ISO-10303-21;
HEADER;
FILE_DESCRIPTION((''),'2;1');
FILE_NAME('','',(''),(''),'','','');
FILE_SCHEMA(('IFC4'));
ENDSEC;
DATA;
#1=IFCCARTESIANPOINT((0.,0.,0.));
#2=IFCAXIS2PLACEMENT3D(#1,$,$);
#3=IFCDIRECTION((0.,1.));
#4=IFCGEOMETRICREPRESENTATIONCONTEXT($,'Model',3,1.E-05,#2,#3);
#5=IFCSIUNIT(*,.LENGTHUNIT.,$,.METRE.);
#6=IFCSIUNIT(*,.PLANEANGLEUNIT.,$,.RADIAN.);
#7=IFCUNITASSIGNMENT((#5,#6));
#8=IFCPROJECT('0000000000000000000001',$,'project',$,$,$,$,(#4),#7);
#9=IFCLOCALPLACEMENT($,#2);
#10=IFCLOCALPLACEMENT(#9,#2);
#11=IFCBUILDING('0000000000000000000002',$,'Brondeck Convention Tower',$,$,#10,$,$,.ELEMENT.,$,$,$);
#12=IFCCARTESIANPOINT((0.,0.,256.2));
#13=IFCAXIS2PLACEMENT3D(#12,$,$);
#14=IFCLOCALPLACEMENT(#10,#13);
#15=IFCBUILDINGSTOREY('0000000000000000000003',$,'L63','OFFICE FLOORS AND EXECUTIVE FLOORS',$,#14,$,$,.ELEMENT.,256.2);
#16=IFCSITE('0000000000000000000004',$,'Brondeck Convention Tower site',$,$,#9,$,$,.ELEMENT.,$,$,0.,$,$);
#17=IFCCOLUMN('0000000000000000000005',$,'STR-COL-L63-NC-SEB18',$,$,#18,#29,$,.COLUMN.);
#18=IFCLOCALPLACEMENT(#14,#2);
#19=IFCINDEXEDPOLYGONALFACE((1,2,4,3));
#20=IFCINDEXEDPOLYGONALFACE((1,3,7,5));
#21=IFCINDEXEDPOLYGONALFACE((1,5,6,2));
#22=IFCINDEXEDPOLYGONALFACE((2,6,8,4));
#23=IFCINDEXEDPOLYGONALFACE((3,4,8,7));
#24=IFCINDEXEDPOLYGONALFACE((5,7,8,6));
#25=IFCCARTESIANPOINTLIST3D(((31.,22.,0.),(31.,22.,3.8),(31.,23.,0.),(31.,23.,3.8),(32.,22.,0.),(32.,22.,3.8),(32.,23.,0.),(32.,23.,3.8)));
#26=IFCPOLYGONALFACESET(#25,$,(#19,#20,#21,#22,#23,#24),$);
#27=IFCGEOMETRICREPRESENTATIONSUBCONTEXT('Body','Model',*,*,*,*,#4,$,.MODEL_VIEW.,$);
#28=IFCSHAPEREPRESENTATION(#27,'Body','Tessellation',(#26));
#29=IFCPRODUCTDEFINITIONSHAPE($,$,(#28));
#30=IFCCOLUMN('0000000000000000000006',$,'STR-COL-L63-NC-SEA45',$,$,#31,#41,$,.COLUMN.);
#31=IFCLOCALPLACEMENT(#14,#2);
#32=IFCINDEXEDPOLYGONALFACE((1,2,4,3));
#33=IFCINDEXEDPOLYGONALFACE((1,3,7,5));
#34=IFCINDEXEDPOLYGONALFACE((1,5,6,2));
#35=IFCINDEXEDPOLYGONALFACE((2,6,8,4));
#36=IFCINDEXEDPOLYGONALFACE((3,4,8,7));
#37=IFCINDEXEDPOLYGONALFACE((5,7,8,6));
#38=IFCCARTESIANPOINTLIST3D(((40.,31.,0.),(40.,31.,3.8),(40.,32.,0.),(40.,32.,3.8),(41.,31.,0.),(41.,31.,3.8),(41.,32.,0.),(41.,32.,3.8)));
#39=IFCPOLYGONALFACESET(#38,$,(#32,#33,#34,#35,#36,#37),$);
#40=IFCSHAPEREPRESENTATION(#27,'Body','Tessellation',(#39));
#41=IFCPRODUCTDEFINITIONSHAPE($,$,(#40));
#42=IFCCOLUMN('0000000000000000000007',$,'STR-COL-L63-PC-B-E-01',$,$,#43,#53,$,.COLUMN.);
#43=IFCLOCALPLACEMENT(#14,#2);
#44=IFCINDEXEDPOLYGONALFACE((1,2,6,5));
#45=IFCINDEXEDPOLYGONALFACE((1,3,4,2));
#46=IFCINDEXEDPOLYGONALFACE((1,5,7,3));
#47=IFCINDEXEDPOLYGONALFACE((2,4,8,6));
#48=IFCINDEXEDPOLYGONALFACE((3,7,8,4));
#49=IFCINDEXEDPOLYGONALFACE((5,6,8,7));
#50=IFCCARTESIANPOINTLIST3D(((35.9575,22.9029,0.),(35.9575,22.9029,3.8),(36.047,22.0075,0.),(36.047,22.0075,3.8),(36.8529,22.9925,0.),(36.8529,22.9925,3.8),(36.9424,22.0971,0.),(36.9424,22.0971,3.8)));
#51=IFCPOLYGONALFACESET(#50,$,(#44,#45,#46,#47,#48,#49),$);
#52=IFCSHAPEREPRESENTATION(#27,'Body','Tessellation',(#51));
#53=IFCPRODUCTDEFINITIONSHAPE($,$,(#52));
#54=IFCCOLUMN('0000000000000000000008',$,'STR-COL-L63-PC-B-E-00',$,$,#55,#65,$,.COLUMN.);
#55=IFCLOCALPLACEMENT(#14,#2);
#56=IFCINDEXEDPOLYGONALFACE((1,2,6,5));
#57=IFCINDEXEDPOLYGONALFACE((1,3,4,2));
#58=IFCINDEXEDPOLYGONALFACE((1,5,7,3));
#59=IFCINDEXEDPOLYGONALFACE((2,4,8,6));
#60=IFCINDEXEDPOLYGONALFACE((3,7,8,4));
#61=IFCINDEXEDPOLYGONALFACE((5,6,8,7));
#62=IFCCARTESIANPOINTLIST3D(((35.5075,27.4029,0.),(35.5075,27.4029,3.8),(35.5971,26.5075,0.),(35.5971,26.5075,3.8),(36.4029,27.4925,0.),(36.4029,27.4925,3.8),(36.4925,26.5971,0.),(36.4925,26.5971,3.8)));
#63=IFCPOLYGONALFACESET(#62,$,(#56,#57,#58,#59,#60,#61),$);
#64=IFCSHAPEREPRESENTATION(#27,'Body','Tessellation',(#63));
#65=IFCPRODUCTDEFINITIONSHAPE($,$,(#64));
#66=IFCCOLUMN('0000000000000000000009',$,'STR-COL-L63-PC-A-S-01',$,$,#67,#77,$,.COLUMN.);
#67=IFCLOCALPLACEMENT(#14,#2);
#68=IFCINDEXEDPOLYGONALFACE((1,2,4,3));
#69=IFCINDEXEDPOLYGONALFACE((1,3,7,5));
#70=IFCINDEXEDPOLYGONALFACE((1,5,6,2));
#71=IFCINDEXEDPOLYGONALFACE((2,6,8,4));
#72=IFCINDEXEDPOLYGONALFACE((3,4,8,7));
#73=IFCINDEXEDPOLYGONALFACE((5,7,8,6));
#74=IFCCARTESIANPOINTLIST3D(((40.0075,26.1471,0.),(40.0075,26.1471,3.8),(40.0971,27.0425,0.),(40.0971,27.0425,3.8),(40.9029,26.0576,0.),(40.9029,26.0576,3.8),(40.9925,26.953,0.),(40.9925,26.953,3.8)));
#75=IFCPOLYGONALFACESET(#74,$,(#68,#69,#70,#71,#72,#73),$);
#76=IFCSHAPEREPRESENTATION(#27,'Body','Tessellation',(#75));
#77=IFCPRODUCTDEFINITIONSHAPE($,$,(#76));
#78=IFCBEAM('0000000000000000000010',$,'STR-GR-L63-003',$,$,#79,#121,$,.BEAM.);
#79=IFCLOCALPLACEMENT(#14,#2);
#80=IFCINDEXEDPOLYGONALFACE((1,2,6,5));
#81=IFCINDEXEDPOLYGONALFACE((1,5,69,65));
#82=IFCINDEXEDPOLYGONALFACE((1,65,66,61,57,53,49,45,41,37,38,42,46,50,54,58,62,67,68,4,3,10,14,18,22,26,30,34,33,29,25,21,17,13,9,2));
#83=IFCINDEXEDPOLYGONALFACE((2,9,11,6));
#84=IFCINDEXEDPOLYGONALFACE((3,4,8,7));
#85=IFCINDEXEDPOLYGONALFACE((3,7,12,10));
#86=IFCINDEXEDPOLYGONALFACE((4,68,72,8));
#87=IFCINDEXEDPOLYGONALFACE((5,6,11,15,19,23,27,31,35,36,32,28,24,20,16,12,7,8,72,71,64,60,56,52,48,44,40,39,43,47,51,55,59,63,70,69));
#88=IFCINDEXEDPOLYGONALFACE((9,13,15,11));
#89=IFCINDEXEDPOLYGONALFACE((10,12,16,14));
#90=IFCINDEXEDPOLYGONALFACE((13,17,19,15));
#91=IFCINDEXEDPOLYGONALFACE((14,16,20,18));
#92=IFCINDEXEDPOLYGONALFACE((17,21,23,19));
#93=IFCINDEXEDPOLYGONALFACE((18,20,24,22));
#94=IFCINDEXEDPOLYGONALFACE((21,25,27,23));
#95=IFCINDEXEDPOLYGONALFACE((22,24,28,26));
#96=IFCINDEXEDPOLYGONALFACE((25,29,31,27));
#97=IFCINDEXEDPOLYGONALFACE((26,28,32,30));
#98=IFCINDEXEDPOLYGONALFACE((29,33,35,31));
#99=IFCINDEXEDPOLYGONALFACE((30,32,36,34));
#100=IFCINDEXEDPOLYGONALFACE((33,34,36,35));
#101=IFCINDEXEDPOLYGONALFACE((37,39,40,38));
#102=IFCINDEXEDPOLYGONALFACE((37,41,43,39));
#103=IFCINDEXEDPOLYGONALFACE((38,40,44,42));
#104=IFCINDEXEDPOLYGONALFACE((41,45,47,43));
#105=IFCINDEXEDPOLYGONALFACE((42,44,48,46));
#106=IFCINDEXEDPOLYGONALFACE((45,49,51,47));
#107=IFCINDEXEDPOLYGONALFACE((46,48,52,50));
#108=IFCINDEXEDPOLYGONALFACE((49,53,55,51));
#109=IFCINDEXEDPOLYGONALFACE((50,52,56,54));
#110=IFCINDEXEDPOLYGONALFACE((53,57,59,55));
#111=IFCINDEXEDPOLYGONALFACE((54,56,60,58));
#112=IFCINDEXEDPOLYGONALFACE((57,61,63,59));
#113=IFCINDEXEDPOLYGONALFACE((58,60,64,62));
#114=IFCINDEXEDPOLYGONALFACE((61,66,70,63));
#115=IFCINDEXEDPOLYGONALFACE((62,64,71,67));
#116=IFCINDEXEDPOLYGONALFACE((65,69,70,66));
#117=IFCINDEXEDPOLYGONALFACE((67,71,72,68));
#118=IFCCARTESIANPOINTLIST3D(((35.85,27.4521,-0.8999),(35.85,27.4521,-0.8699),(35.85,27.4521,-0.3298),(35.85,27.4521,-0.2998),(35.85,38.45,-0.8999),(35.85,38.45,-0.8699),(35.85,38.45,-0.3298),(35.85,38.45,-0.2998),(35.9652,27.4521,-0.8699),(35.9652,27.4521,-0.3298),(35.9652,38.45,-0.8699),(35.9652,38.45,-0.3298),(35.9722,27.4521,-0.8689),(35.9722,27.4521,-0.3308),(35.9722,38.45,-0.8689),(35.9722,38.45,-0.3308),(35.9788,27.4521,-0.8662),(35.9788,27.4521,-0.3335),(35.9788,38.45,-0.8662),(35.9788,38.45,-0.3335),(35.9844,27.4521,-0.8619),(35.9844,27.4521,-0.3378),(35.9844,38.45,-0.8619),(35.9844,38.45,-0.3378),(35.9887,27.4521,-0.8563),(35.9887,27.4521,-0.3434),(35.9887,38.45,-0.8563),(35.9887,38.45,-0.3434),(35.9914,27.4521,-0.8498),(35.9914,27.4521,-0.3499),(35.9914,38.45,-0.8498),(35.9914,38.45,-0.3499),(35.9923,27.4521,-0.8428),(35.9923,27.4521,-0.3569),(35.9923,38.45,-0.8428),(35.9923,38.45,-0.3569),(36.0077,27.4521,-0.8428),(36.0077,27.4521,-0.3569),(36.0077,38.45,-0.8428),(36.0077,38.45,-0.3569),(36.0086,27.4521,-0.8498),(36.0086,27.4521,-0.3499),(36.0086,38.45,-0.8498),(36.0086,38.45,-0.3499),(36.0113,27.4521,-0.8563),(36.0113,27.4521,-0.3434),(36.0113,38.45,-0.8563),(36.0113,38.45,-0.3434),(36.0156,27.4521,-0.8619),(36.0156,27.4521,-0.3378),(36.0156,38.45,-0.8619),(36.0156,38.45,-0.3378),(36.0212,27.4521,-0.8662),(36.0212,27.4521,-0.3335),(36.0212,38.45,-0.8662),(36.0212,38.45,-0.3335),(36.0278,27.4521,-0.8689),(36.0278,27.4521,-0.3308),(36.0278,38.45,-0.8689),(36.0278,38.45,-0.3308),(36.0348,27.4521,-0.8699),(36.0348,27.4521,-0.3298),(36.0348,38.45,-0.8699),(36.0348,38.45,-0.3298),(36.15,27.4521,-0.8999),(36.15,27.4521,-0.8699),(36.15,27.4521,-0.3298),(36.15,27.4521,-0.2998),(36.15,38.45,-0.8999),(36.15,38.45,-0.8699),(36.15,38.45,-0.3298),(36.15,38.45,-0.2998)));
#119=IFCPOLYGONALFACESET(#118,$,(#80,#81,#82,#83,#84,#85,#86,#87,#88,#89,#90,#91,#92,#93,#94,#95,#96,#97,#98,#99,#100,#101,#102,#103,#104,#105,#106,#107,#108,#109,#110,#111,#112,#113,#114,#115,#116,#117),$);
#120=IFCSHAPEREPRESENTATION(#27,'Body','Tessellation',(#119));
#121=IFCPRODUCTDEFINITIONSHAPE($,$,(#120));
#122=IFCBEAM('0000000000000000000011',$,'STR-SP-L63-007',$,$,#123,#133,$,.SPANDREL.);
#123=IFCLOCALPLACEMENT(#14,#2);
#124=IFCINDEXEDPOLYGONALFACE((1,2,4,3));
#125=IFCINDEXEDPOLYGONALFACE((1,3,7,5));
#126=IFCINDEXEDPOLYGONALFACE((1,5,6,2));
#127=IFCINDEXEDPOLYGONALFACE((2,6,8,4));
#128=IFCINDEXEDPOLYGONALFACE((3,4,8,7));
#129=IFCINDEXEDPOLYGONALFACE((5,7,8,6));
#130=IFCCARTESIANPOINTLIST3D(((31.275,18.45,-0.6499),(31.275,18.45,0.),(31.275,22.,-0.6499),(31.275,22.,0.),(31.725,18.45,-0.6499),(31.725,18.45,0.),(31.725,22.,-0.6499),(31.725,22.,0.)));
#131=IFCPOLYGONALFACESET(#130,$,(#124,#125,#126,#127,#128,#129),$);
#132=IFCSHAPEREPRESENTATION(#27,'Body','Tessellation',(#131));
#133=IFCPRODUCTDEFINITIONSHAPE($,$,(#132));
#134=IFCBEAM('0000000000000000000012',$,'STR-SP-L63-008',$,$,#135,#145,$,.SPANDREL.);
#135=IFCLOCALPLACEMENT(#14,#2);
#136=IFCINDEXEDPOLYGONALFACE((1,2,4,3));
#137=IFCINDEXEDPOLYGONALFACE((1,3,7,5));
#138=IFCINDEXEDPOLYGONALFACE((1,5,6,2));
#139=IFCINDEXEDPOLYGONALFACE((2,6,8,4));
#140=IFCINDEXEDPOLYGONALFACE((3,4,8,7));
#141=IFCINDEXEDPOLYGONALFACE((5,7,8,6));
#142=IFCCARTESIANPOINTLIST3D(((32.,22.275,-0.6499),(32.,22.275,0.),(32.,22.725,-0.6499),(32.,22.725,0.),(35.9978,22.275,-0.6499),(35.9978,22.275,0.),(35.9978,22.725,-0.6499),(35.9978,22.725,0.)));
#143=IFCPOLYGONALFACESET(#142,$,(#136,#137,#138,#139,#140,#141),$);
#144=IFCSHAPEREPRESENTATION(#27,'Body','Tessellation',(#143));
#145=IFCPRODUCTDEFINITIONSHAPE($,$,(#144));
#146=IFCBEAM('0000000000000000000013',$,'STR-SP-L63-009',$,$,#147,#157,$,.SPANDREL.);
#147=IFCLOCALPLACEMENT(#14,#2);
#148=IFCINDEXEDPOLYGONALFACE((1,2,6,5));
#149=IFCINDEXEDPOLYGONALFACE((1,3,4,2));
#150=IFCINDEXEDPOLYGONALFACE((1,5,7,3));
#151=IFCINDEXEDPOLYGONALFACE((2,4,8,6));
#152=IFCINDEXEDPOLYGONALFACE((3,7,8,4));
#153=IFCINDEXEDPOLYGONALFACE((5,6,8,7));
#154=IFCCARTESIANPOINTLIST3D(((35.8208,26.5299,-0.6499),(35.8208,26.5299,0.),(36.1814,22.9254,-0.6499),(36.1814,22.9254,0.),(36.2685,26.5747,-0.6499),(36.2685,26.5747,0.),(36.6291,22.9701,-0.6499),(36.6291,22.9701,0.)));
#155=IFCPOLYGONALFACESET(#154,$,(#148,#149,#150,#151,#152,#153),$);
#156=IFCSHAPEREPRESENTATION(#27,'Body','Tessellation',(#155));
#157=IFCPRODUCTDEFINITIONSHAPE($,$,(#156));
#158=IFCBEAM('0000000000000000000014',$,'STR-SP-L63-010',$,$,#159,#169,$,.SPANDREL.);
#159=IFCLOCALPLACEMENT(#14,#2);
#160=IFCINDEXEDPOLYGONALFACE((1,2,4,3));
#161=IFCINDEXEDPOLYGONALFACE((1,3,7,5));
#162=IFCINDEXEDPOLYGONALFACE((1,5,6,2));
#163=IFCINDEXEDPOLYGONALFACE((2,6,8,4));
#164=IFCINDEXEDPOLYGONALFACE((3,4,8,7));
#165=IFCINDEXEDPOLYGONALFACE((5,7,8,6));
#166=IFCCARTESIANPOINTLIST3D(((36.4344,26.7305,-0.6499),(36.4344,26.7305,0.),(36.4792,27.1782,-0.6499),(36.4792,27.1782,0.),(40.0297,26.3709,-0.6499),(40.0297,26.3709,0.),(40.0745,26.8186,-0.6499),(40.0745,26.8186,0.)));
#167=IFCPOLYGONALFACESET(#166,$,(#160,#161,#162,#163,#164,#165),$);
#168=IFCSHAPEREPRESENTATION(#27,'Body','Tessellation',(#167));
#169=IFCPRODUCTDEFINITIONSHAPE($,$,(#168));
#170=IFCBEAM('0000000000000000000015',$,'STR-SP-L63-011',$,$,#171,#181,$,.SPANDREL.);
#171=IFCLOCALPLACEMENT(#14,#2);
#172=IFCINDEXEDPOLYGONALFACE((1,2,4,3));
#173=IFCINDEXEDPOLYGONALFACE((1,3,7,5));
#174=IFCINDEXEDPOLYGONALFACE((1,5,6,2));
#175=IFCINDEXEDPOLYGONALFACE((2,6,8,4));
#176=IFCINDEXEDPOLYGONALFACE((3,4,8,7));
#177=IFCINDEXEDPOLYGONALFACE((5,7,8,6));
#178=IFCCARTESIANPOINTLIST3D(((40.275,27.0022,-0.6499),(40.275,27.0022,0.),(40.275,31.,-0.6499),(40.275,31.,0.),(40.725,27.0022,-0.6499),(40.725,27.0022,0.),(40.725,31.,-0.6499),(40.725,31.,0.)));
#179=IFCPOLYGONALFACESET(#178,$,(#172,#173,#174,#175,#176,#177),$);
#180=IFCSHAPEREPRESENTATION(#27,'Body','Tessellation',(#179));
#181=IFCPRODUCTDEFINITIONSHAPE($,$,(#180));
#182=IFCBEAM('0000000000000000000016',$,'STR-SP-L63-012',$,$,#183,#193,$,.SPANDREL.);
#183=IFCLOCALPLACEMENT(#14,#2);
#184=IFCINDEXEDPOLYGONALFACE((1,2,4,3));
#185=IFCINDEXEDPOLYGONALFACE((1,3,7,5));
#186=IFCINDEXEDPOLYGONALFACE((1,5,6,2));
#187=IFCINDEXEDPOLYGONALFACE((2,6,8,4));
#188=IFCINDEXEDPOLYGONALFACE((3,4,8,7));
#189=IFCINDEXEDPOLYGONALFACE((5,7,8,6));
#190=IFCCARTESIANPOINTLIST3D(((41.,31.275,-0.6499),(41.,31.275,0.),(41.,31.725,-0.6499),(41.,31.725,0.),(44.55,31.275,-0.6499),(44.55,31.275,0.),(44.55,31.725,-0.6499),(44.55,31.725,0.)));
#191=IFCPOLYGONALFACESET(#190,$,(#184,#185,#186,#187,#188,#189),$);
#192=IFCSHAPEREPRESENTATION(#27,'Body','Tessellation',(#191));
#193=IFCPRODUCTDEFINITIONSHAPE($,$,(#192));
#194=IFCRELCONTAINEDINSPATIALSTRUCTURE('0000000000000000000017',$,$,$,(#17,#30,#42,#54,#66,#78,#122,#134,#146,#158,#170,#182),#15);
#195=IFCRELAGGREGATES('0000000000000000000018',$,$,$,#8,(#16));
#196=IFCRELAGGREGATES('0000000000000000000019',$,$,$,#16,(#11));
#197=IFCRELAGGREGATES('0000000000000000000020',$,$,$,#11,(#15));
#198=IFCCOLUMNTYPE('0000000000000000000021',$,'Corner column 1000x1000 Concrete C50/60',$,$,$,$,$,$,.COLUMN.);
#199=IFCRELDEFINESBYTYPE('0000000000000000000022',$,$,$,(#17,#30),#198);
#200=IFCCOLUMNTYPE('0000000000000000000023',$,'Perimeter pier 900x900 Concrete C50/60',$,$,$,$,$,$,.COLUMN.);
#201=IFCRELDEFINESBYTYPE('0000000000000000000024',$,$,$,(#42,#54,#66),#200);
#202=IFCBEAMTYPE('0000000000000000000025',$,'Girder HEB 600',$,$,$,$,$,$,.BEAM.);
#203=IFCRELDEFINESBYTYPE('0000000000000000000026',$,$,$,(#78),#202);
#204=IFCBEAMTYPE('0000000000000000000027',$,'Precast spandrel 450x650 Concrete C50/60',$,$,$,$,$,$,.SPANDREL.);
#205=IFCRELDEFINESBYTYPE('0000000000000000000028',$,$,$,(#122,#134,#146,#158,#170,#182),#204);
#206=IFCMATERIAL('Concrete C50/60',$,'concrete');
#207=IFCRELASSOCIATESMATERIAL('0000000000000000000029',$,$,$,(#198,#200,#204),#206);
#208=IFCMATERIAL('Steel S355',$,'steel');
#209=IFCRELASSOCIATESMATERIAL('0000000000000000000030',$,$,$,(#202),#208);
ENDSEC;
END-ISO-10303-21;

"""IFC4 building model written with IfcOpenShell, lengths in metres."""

from ifc_helpers import new_model, si_unit, direction, frame, origin, origin_2d, place, context, subcontext, project, spatial, rectangle, i_section, extrude, material, material_profile, profile_set, type_object, element, save


model = new_model("IFC4")

# Units and contexts
model_context = context("Model", 3, precision=1e-05, world=origin(), true_north=direction((0.0, 1.0)))
body_context = subcontext(model_context, "Body", "Model", "MODEL_VIEW")
ifc_project = project(units=[si_unit("LENGTHUNIT", "METRE"), si_unit("PLANEANGLEUNIT", "RADIAN")], contexts=[model_context])

# Site, building, storey
site_placement = place(None, origin())
site = spatial("IfcSite", under=ifc_project, at=site_placement, Name="Brondeck Convention Tower site", CompositionType="ELEMENT", RefElevation=0.0)
building_placement = place(site_placement, origin())
building = spatial("IfcBuilding", under=site, at=building_placement, Name="Brondeck Convention Tower", CompositionType="ELEMENT")
storey_placement = place(building_placement, frame((0.0, 0.0, 256.2)))
storey = spatial("IfcBuildingStorey", under=building, at=storey_placement, Name="L63", Description="OFFICE FLOORS AND EXECUTIVE FLOORS", CompositionType="ELEMENT", Elevation=256.2)

# Columns
ifc_material_1 = material(Name="Concrete C50/60", Category="concrete")
ifc_material_profile_1 = material_profile(ifc_material_1, rectangle(XDim=1.0, YDim=1.0, at=origin_2d()), Name="Corner column 1000x1000 Concrete C50/60")
ifc_profile_set_1 = profile_set([ifc_material_profile_1], Name="Concrete C50/60")
column_type_1 = type_object("IfcColumnType", Name="Corner column 1000x1000 Concrete C50/60", PredefinedType="COLUMN", material=ifc_profile_set_1)
for number, where, z_axis, x_axis, name in (
    (1, (31.5, 22.5, 0.0), (0.0, 0.0, 1.0), (1.0, 0.0, 0.0), "STR-COL-L63-NC-SEB18"),
    (2, (40.5, 31.5, 0.0), (0.0, 0.0, 1.0), (1.0, 0.0, 0.0), "STR-COL-L63-NC-SEA45"),
):
    element("IfcColumn", number, at=place(storey_placement, frame(where, z_axis=z_axis, x_axis=x_axis)), inside=storey, type_object=column_type_1, Name=name, PredefinedType="COLUMN", context=body_context, shape_type="SweptSolid", body=[
        extrude(rectangle(XDim=1.0, YDim=1.0, at=origin_2d()), origin(), (0.0, 0.0, 1.0), 3.8),
    ])
ifc_material_profile_2 = material_profile(ifc_material_1, rectangle(XDim=0.8999, YDim=0.8999, at=origin_2d()), Name="Perimeter pier 900x900 Concrete C50/60")
ifc_profile_set_2 = profile_set([ifc_material_profile_2], Name="Concrete C50/60")
column_type_2 = type_object("IfcColumnType", Name="Perimeter pier 900x900 Concrete C50/60", PredefinedType="COLUMN", material=ifc_profile_set_2)
for number, where, z_axis, x_axis, name in (
    (3, (36.45, 22.5, 0.0), (0.0, 0.0, 1.0), (-0.099504, 0.995037, 0.0), "STR-COL-L63-PC-B-E-01"),
    (4, (36.0, 27.0, 0.0), (0.0, 0.0, 1.0), (-0.099504, 0.995037, 0.0), "STR-COL-L63-PC-B-E-00"),
    (5, (40.5, 26.55, 0.0), (0.0, 0.0, 1.0), (0.995037, -0.099504, 0.0), "STR-COL-L63-PC-A-S-01"),
):
    element("IfcColumn", number, at=place(storey_placement, frame(where, z_axis=z_axis, x_axis=x_axis)), inside=storey, type_object=column_type_2, Name=name, PredefinedType="COLUMN", context=body_context, shape_type="SweptSolid", body=[
        extrude(rectangle(XDim=0.8999, YDim=0.8999, at=origin_2d()), origin(), (0.0, 0.0, 1.0), 3.8),
    ])

# Beams
ifc_material_2 = material(Name="Steel S355", Category="steel")
ifc_material_profile_3 = material_profile(ifc_material_2, i_section(OverallWidth=0.3, OverallDepth=0.6001, WebThickness=0.0154, FlangeThickness=0.03, FilletRadius=0.0271, at=origin_2d()), Name="HEB 600")
ifc_profile_set_3 = profile_set([ifc_material_profile_3], Name="Steel S355")
beam_type_1 = type_object("IfcBeamType", Name="Girder HEB 600", PredefinedType="BEAM", material=ifc_profile_set_3)
beam_1_placement = place(storey_placement, frame((36.0, 27.4521, -0.5999), z_axis=(0.0, 1.0, 0.0), x_axis=(-1.0, 0.0, 0.0)))
element("IfcBeam", 6, at=beam_1_placement, inside=storey, type_object=beam_type_1, Name="STR-GR-L63-003", PredefinedType="BEAM", context=body_context, shape_type="SweptSolid", body=[
    extrude(i_section(OverallWidth=0.3, OverallDepth=0.6001, WebThickness=0.0154, FlangeThickness=0.03, FilletRadius=0.0271, at=origin_2d()), origin(), (0.0, 0.0, 1.0), 10.9978),
])
ifc_material_profile_4 = material_profile(ifc_material_1, rectangle(XDim=0.45, YDim=0.6499, at=origin_2d()), Name="Precast spandrel 450x650 Concrete C50/60")
ifc_profile_set_4 = profile_set([ifc_material_profile_4], Name="Concrete C50/60")
beam_type_2 = type_object("IfcBeamType", Name="Precast spandrel 450x650 Concrete C50/60", PredefinedType="SPANDREL", material=ifc_profile_set_4)
beam_2_placement = place(storey_placement, frame((31.5, 18.45, -0.325), z_axis=(0.0, 1.0, 0.0), x_axis=(-1.0, 0.0, 0.0)))
element("IfcBeam", 7, at=beam_2_placement, inside=storey, type_object=beam_type_2, Name="STR-SP-L63-007", PredefinedType="SPANDREL", context=body_context, shape_type="SweptSolid", body=[
    extrude(rectangle(XDim=0.45, YDim=0.6499, at=origin_2d()), origin(), (0.0, 0.0, 1.0), 3.55),
])
beam_3_placement = place(storey_placement, frame((32.0, 22.5, -0.325), z_axis=(1.0, 0.0, 0.0), x_axis=(0.0, 1.0, 0.0)))
element("IfcBeam", 8, at=beam_3_placement, inside=storey, type_object=beam_type_2, Name="STR-SP-L63-008", PredefinedType="SPANDREL", context=body_context, shape_type="SweptSolid", body=[
    extrude(rectangle(XDim=0.45, YDim=0.6499, at=origin_2d()), origin(), (0.0, 0.0, 1.0), 3.9978),
])
beam_4_placement = place(storey_placement, frame((36.4053, 22.9478, -0.325), z_axis=(-0.099544, 0.995033, 0.0), x_axis=(-0.995033, -0.099544, 0.0)))
element("IfcBeam", 9, at=beam_4_placement, inside=storey, type_object=beam_type_2, Name="STR-SP-L63-009", PredefinedType="SPANDREL", context=body_context, shape_type="SweptSolid", body=[
    extrude(rectangle(XDim=0.45, YDim=0.6499, at=origin_2d()), origin(), (0.0, 0.0, 1.0), 3.6226),
])
beam_5_placement = place(storey_placement, frame((36.4568, 26.9543, -0.325), z_axis=(0.995035, -0.099524, 0.0), x_axis=(0.099524, 0.995035, 0.0)))
element("IfcBeam", 10, at=beam_5_placement, inside=storey, type_object=beam_type_2, Name="STR-SP-L63-010", PredefinedType="SPANDREL", context=body_context, shape_type="SweptSolid", body=[
    extrude(rectangle(XDim=0.45, YDim=0.6499, at=origin_2d()), origin(), (0.0, 0.0, 1.0), 3.6133),
])
beam_6_placement = place(storey_placement, frame((40.5, 27.0022, -0.325), z_axis=(0.0, 1.0, 0.0), x_axis=(-1.0, 0.0, 0.0)))
element("IfcBeam", 11, at=beam_6_placement, inside=storey, type_object=beam_type_2, Name="STR-SP-L63-011", PredefinedType="SPANDREL", context=body_context, shape_type="SweptSolid", body=[
    extrude(rectangle(XDim=0.45, YDim=0.6499, at=origin_2d()), origin(), (0.0, 0.0, 1.0), 3.9978),
])
beam_7_placement = place(storey_placement, frame((41.0, 31.5, -0.325), z_axis=(1.0, 0.0, 0.0), x_axis=(0.0, 1.0, 0.0)))
element("IfcBeam", 12, at=beam_7_placement, inside=storey, type_object=beam_type_2, Name="STR-SP-L63-012", PredefinedType="SPANDREL", context=body_context, shape_type="SweptSolid", body=[
    extrude(rectangle(XDim=0.45, YDim=0.6499, at=origin_2d()), origin(), (0.0, 0.0, 1.0), 3.55),
])

save(model, "model.ifc")
